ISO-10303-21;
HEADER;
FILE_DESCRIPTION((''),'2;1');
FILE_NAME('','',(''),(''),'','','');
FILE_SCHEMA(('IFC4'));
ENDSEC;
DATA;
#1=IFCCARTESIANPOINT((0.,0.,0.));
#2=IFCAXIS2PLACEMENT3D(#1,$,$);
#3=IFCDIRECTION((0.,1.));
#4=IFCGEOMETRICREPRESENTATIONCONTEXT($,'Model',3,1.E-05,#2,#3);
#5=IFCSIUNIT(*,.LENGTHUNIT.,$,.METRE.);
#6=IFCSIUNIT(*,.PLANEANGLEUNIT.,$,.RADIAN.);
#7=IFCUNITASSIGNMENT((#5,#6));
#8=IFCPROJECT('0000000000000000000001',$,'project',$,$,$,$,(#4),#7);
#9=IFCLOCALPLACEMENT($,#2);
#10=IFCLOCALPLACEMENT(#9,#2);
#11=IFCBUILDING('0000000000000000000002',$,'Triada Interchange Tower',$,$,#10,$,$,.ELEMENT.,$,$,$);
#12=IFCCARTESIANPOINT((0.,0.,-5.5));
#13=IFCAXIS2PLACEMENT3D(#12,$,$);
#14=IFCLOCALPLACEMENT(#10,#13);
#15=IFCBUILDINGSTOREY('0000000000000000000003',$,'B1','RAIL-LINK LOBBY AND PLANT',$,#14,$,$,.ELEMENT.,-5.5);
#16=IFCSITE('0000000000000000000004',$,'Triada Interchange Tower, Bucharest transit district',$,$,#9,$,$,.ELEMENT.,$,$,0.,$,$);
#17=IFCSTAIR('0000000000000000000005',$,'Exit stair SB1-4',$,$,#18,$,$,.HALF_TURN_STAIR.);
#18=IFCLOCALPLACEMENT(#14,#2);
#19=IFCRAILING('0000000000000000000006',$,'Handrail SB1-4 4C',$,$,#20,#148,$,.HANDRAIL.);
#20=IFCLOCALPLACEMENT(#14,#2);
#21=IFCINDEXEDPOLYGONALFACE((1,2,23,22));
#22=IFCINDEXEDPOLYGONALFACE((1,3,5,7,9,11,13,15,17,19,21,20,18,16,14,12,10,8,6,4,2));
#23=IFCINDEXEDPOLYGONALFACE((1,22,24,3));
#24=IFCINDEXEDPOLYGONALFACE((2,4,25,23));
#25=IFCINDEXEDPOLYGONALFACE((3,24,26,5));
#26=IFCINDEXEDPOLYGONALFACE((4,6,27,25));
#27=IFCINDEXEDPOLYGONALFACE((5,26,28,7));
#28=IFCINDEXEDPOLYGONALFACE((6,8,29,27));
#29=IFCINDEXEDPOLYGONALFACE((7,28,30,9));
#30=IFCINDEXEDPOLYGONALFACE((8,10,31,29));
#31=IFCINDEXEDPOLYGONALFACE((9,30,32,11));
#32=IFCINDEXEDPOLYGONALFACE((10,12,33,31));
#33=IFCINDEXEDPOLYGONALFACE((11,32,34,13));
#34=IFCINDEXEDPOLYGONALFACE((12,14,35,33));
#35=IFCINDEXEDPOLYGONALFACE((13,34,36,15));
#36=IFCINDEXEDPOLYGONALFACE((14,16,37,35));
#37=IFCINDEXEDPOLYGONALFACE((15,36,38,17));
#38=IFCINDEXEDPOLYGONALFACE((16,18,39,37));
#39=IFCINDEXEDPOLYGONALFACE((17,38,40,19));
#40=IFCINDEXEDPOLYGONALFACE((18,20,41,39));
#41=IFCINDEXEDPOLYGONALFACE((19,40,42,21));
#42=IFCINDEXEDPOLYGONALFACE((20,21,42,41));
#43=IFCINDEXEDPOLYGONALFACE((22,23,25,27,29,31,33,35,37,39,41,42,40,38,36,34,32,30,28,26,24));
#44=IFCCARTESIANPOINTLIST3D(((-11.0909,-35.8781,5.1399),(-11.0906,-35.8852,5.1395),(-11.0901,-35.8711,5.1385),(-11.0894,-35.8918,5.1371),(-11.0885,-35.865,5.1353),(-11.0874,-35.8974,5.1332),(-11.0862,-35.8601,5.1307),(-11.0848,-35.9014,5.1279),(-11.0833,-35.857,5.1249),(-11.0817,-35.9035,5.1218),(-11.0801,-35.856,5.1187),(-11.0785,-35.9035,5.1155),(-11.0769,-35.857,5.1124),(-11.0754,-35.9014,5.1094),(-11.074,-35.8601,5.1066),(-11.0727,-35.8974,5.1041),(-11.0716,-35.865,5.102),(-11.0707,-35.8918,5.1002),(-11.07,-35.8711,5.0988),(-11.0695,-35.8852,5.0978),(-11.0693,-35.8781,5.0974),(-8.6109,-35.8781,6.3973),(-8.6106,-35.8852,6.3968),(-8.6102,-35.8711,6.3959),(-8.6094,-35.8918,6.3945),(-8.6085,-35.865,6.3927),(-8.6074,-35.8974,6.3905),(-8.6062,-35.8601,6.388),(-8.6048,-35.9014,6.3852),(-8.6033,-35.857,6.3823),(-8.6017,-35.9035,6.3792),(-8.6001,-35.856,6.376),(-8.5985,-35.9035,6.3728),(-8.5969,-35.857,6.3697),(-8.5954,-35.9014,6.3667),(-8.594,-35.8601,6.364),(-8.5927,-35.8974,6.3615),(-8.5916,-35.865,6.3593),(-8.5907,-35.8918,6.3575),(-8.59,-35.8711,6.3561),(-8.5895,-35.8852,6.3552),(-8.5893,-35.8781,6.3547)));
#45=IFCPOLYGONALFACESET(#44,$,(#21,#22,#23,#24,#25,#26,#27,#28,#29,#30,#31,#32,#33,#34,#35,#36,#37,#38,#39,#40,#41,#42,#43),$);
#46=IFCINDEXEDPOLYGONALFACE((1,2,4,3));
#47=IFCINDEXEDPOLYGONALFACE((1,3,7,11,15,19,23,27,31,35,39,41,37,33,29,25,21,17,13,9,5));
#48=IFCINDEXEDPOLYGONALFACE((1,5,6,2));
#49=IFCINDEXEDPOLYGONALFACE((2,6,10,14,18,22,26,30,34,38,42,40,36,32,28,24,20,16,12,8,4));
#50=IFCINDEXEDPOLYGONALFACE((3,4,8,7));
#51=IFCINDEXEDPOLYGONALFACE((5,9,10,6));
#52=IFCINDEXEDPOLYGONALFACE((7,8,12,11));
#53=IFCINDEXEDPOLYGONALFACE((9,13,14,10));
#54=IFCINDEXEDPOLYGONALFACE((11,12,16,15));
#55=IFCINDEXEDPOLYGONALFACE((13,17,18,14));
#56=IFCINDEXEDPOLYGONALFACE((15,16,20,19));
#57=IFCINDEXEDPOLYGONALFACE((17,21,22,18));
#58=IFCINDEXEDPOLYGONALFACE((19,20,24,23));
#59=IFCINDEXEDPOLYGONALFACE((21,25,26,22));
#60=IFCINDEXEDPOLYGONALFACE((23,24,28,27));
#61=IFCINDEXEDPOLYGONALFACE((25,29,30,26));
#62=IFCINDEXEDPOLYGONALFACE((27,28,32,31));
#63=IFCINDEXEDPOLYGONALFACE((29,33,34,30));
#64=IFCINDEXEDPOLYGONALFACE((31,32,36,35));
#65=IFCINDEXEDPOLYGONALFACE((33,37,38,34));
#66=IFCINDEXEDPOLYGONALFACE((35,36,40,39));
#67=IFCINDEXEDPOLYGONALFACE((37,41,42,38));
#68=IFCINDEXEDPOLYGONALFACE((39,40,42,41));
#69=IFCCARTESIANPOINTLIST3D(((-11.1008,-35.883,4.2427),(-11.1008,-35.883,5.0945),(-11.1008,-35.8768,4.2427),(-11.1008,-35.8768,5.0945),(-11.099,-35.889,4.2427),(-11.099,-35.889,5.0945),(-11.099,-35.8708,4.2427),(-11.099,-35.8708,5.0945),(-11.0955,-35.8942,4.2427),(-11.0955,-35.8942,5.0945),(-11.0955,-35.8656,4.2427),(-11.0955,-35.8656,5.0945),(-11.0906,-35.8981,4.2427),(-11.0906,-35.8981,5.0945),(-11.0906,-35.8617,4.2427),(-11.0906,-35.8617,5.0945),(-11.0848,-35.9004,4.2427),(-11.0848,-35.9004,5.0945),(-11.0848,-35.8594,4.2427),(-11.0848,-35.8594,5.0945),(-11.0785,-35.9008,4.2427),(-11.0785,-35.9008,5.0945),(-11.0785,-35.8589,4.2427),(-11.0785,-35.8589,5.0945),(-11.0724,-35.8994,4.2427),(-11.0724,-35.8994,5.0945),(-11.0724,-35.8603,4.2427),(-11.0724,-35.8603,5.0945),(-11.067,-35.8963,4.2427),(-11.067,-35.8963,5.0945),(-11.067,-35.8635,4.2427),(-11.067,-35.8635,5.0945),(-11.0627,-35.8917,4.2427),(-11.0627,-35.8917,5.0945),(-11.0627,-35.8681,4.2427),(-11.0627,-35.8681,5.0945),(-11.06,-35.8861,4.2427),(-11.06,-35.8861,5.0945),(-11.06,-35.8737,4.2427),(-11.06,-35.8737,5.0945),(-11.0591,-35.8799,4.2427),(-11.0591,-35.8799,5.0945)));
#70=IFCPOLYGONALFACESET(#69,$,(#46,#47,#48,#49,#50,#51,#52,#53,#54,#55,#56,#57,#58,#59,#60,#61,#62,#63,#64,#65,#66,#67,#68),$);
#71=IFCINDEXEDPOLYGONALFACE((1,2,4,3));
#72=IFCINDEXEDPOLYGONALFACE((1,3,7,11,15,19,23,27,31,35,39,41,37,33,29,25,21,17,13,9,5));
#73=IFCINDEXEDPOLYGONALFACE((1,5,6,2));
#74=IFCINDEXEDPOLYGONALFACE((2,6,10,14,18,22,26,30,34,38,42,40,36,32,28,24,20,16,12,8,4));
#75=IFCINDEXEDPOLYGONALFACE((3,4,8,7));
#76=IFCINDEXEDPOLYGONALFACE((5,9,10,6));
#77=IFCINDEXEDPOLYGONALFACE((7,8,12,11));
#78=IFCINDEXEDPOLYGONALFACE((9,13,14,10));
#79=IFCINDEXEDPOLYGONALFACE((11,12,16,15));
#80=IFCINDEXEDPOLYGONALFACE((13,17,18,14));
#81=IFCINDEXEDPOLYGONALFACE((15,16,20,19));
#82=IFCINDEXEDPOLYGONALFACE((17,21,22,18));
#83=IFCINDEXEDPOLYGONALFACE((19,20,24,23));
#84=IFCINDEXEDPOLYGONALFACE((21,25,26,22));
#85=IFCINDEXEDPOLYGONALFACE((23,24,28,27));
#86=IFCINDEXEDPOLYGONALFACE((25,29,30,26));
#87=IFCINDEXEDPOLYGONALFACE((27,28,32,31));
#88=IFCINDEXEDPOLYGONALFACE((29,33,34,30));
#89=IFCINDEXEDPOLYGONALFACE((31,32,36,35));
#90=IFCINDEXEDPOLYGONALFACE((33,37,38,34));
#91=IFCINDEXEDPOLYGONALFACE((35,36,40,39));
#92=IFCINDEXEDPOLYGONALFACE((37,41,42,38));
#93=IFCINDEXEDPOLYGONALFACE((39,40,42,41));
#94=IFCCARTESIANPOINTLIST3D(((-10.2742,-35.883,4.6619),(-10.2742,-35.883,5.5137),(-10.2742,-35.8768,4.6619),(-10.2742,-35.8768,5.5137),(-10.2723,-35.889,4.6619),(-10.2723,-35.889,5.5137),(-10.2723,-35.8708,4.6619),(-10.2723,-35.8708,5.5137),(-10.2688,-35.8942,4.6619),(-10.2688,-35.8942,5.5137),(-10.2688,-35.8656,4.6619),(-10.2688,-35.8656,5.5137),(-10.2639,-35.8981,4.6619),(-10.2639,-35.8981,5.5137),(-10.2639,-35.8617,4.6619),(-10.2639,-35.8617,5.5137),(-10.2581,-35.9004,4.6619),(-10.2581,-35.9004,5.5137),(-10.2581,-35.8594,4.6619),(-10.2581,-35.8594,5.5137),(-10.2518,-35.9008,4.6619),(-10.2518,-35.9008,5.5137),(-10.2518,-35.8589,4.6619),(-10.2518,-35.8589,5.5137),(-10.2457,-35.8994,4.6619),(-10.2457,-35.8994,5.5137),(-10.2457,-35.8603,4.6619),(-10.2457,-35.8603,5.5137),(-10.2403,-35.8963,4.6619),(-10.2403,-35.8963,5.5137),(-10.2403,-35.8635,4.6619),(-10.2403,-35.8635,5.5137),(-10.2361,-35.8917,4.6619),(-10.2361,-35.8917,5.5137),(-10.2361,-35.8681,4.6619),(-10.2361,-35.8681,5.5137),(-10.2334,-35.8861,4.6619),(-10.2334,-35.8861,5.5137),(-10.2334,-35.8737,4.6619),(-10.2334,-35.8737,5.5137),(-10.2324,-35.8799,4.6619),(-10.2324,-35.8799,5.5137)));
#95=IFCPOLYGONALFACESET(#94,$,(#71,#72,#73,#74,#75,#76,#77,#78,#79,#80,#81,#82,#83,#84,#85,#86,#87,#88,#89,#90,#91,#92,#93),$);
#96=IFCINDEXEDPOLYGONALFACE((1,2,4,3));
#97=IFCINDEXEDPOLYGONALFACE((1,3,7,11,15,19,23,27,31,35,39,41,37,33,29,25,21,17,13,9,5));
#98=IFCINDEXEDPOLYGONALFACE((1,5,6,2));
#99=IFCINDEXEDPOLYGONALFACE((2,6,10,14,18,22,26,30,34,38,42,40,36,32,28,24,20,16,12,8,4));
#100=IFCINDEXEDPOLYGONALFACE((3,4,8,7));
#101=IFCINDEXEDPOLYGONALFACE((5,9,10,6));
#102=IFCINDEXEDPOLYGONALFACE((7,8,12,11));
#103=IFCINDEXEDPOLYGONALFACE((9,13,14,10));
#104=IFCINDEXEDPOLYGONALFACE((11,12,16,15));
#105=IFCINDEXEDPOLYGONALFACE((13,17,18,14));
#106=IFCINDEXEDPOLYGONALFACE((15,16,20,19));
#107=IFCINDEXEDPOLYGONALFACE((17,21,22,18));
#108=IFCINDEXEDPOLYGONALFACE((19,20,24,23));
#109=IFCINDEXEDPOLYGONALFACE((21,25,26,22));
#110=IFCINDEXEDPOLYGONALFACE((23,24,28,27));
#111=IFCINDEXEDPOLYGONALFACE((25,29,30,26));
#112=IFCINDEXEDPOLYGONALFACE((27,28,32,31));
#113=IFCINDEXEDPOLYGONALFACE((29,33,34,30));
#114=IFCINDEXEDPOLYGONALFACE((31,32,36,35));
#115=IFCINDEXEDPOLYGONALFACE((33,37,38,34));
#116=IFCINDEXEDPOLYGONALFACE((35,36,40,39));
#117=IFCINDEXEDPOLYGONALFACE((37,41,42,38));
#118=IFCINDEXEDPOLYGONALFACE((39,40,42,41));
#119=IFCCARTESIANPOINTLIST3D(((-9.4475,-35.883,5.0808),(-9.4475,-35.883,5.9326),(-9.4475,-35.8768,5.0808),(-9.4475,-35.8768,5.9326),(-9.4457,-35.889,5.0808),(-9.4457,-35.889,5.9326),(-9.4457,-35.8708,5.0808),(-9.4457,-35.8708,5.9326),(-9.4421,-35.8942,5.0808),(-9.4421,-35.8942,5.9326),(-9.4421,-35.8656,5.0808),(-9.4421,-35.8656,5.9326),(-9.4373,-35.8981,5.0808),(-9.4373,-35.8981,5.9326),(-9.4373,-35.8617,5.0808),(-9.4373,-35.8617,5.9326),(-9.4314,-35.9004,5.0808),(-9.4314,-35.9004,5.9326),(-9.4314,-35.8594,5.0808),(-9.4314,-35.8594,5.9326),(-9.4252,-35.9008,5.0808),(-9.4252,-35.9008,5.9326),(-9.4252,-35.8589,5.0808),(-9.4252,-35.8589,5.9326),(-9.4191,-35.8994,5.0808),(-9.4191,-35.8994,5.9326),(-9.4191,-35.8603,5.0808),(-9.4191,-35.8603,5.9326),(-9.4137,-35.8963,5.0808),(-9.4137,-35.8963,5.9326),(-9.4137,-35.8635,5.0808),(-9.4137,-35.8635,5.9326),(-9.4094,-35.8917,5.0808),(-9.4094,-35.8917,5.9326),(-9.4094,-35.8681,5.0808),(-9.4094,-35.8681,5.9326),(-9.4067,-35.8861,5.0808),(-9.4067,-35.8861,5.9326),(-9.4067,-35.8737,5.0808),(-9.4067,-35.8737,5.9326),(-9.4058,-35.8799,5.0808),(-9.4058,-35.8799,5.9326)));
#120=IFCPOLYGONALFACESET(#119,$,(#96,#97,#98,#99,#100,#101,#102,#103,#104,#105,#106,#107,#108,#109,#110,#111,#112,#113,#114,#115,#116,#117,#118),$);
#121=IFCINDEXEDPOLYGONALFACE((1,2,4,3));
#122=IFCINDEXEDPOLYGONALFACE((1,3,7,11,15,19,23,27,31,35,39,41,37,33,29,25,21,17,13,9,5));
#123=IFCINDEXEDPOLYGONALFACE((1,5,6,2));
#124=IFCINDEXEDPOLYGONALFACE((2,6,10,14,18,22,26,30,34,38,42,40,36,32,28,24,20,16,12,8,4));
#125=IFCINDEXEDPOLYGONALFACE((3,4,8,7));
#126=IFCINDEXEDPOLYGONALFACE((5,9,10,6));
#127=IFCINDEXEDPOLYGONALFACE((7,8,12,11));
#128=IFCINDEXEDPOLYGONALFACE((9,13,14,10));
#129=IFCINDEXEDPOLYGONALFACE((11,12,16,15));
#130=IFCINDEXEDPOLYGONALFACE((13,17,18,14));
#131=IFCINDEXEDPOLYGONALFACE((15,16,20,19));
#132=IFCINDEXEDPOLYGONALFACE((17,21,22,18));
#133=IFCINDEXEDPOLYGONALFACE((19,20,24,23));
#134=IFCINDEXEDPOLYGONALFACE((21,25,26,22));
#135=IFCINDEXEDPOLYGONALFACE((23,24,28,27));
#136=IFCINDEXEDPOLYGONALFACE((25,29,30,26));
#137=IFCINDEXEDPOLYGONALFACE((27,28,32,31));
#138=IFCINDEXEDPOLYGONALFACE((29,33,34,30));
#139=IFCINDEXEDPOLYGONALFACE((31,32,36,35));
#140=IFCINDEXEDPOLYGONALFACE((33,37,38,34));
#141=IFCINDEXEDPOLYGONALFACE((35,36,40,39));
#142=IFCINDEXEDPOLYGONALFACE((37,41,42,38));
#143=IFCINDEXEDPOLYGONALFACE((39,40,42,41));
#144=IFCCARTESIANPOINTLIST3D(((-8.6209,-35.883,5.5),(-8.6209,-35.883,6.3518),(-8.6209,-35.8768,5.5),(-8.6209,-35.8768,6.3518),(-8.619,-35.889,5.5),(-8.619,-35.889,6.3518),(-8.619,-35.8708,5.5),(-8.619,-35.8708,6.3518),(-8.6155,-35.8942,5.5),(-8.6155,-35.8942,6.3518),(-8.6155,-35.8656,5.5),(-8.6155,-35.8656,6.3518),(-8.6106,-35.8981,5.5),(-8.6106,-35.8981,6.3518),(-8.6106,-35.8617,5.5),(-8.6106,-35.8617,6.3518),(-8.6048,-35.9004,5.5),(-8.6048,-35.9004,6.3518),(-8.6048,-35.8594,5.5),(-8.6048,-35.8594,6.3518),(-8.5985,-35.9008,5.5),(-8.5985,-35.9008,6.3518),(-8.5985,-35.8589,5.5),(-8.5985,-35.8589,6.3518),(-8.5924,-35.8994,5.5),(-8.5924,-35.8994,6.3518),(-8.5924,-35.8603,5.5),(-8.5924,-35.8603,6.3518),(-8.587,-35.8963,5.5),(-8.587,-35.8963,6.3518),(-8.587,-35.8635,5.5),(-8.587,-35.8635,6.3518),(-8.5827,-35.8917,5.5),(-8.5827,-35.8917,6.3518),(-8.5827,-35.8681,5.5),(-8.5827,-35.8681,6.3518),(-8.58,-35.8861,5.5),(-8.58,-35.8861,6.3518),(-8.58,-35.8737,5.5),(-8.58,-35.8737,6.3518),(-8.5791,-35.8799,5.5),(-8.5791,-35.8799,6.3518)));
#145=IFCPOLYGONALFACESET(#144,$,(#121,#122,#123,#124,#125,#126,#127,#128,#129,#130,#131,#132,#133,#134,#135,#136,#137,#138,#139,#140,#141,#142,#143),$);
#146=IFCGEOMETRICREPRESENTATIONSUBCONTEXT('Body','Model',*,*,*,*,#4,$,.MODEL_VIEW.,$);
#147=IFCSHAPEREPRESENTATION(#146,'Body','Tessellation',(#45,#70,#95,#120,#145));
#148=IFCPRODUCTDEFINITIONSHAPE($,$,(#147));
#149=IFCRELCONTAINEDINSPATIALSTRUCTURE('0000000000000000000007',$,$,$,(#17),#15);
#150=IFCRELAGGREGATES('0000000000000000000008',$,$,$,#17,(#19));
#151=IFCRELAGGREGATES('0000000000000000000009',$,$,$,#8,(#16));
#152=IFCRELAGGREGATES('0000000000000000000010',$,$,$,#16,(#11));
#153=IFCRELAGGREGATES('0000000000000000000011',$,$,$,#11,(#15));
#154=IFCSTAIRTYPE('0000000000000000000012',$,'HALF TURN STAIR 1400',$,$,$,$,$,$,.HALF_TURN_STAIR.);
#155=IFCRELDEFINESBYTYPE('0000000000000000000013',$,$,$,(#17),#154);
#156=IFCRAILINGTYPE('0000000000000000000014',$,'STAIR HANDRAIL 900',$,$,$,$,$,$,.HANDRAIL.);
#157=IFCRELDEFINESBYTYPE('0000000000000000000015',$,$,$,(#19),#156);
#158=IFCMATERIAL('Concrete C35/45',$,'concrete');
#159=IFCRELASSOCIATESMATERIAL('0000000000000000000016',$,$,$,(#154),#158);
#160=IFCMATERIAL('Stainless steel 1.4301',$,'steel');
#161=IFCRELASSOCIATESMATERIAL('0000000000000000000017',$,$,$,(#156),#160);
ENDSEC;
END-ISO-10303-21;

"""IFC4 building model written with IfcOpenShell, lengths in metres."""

from ifc_helpers import new_model, si_unit, direction, frame, origin, origin_2d, place, context, subcontext, project, spatial, circle, extrude, material, type_object, element, aggregate, save


model = new_model("IFC4")

# Units and contexts
model_context = context("Model", 3, precision=1e-05, world=origin(), true_north=direction((0.0, 1.0)))
body_context = subcontext(model_context, "Body", "Model", "MODEL_VIEW")
ifc_project = project(units=[si_unit("LENGTHUNIT", "METRE"), si_unit("PLANEANGLEUNIT", "RADIAN")], contexts=[model_context])

# Site, building, storey
site_placement = place(None, origin())
site = spatial("IfcSite", under=ifc_project, at=site_placement, Name="Triada Interchange Tower, Bucharest transit district", CompositionType="ELEMENT", RefElevation=0.0)
building_placement = place(site_placement, origin())
building = spatial("IfcBuilding", under=site, at=building_placement, Name="Triada Interchange Tower", CompositionType="ELEMENT")
storey_placement = place(building_placement, frame((0.0, 0.0, -5.5)))
storey = spatial("IfcBuildingStorey", under=building, at=storey_placement, Name="B1", Description="RAIL-LINK LOBBY AND PLANT", CompositionType="ELEMENT", Elevation=-5.5)

# Shared definitions
ifc_material_1 = material(Name="Concrete C35/45", Category="concrete")

# Stair, railing
stair_type = type_object("IfcStairType", Name="HALF TURN STAIR 1400", PredefinedType="HALF_TURN_STAIR", material=ifc_material_1)
stair_1_placement = place(storey_placement, origin())
stair_1 = element("IfcStair", 1, at=stair_1_placement, inside=storey, type_object=stair_type, Name="Exit stair SB1-4", PredefinedType="HALF_TURN_STAIR")
ifc_material_2 = material(Name="Stainless steel 1.4301", Category="steel")
railing_type_1 = type_object("IfcRailingType", Name="STAIR HANDRAIL 900", PredefinedType="HANDRAIL", material=ifc_material_2)
railing_1_placement = place(storey_placement, frame((-11.0801, -35.8799, 4.2427)))
railing_1 = element("IfcRailing", 2, at=railing_1_placement, type_object=railing_type_1, Name="Handrail SB1-4 4C", PredefinedType="HANDRAIL", context=body_context, shape_type="SweptSolid", body=[
    extrude(circle(Radius=0.0239, at=origin_2d()), frame((0.0, 0.0, 0.876), z_axis=(0.89192, 0.0, 0.452194), x_axis=(0.0, 1.0, 0.0)), (0.0, 0.0, 1.0), 2.7805),
    extrude(circle(Radius=0.021, at=origin_2d()), origin(), (0.0, 0.0, 1.0), 0.8518),
    extrude(circle(Radius=0.021, at=origin_2d()), frame((0.8267, 0.0, 0.4192)), (0.0, 0.0, 1.0), 0.8518),
    extrude(circle(Radius=0.021, at=origin_2d()), frame((1.6533, 0.0, 0.8381)), (0.0, 0.0, 1.0), 0.8518),
    extrude(circle(Radius=0.021, at=origin_2d()), frame((2.48, 0.0, 1.2573)), (0.0, 0.0, 1.0), 0.8518),
])
aggregate(stair_1, [railing_1])

save(model, "model.ifc")
